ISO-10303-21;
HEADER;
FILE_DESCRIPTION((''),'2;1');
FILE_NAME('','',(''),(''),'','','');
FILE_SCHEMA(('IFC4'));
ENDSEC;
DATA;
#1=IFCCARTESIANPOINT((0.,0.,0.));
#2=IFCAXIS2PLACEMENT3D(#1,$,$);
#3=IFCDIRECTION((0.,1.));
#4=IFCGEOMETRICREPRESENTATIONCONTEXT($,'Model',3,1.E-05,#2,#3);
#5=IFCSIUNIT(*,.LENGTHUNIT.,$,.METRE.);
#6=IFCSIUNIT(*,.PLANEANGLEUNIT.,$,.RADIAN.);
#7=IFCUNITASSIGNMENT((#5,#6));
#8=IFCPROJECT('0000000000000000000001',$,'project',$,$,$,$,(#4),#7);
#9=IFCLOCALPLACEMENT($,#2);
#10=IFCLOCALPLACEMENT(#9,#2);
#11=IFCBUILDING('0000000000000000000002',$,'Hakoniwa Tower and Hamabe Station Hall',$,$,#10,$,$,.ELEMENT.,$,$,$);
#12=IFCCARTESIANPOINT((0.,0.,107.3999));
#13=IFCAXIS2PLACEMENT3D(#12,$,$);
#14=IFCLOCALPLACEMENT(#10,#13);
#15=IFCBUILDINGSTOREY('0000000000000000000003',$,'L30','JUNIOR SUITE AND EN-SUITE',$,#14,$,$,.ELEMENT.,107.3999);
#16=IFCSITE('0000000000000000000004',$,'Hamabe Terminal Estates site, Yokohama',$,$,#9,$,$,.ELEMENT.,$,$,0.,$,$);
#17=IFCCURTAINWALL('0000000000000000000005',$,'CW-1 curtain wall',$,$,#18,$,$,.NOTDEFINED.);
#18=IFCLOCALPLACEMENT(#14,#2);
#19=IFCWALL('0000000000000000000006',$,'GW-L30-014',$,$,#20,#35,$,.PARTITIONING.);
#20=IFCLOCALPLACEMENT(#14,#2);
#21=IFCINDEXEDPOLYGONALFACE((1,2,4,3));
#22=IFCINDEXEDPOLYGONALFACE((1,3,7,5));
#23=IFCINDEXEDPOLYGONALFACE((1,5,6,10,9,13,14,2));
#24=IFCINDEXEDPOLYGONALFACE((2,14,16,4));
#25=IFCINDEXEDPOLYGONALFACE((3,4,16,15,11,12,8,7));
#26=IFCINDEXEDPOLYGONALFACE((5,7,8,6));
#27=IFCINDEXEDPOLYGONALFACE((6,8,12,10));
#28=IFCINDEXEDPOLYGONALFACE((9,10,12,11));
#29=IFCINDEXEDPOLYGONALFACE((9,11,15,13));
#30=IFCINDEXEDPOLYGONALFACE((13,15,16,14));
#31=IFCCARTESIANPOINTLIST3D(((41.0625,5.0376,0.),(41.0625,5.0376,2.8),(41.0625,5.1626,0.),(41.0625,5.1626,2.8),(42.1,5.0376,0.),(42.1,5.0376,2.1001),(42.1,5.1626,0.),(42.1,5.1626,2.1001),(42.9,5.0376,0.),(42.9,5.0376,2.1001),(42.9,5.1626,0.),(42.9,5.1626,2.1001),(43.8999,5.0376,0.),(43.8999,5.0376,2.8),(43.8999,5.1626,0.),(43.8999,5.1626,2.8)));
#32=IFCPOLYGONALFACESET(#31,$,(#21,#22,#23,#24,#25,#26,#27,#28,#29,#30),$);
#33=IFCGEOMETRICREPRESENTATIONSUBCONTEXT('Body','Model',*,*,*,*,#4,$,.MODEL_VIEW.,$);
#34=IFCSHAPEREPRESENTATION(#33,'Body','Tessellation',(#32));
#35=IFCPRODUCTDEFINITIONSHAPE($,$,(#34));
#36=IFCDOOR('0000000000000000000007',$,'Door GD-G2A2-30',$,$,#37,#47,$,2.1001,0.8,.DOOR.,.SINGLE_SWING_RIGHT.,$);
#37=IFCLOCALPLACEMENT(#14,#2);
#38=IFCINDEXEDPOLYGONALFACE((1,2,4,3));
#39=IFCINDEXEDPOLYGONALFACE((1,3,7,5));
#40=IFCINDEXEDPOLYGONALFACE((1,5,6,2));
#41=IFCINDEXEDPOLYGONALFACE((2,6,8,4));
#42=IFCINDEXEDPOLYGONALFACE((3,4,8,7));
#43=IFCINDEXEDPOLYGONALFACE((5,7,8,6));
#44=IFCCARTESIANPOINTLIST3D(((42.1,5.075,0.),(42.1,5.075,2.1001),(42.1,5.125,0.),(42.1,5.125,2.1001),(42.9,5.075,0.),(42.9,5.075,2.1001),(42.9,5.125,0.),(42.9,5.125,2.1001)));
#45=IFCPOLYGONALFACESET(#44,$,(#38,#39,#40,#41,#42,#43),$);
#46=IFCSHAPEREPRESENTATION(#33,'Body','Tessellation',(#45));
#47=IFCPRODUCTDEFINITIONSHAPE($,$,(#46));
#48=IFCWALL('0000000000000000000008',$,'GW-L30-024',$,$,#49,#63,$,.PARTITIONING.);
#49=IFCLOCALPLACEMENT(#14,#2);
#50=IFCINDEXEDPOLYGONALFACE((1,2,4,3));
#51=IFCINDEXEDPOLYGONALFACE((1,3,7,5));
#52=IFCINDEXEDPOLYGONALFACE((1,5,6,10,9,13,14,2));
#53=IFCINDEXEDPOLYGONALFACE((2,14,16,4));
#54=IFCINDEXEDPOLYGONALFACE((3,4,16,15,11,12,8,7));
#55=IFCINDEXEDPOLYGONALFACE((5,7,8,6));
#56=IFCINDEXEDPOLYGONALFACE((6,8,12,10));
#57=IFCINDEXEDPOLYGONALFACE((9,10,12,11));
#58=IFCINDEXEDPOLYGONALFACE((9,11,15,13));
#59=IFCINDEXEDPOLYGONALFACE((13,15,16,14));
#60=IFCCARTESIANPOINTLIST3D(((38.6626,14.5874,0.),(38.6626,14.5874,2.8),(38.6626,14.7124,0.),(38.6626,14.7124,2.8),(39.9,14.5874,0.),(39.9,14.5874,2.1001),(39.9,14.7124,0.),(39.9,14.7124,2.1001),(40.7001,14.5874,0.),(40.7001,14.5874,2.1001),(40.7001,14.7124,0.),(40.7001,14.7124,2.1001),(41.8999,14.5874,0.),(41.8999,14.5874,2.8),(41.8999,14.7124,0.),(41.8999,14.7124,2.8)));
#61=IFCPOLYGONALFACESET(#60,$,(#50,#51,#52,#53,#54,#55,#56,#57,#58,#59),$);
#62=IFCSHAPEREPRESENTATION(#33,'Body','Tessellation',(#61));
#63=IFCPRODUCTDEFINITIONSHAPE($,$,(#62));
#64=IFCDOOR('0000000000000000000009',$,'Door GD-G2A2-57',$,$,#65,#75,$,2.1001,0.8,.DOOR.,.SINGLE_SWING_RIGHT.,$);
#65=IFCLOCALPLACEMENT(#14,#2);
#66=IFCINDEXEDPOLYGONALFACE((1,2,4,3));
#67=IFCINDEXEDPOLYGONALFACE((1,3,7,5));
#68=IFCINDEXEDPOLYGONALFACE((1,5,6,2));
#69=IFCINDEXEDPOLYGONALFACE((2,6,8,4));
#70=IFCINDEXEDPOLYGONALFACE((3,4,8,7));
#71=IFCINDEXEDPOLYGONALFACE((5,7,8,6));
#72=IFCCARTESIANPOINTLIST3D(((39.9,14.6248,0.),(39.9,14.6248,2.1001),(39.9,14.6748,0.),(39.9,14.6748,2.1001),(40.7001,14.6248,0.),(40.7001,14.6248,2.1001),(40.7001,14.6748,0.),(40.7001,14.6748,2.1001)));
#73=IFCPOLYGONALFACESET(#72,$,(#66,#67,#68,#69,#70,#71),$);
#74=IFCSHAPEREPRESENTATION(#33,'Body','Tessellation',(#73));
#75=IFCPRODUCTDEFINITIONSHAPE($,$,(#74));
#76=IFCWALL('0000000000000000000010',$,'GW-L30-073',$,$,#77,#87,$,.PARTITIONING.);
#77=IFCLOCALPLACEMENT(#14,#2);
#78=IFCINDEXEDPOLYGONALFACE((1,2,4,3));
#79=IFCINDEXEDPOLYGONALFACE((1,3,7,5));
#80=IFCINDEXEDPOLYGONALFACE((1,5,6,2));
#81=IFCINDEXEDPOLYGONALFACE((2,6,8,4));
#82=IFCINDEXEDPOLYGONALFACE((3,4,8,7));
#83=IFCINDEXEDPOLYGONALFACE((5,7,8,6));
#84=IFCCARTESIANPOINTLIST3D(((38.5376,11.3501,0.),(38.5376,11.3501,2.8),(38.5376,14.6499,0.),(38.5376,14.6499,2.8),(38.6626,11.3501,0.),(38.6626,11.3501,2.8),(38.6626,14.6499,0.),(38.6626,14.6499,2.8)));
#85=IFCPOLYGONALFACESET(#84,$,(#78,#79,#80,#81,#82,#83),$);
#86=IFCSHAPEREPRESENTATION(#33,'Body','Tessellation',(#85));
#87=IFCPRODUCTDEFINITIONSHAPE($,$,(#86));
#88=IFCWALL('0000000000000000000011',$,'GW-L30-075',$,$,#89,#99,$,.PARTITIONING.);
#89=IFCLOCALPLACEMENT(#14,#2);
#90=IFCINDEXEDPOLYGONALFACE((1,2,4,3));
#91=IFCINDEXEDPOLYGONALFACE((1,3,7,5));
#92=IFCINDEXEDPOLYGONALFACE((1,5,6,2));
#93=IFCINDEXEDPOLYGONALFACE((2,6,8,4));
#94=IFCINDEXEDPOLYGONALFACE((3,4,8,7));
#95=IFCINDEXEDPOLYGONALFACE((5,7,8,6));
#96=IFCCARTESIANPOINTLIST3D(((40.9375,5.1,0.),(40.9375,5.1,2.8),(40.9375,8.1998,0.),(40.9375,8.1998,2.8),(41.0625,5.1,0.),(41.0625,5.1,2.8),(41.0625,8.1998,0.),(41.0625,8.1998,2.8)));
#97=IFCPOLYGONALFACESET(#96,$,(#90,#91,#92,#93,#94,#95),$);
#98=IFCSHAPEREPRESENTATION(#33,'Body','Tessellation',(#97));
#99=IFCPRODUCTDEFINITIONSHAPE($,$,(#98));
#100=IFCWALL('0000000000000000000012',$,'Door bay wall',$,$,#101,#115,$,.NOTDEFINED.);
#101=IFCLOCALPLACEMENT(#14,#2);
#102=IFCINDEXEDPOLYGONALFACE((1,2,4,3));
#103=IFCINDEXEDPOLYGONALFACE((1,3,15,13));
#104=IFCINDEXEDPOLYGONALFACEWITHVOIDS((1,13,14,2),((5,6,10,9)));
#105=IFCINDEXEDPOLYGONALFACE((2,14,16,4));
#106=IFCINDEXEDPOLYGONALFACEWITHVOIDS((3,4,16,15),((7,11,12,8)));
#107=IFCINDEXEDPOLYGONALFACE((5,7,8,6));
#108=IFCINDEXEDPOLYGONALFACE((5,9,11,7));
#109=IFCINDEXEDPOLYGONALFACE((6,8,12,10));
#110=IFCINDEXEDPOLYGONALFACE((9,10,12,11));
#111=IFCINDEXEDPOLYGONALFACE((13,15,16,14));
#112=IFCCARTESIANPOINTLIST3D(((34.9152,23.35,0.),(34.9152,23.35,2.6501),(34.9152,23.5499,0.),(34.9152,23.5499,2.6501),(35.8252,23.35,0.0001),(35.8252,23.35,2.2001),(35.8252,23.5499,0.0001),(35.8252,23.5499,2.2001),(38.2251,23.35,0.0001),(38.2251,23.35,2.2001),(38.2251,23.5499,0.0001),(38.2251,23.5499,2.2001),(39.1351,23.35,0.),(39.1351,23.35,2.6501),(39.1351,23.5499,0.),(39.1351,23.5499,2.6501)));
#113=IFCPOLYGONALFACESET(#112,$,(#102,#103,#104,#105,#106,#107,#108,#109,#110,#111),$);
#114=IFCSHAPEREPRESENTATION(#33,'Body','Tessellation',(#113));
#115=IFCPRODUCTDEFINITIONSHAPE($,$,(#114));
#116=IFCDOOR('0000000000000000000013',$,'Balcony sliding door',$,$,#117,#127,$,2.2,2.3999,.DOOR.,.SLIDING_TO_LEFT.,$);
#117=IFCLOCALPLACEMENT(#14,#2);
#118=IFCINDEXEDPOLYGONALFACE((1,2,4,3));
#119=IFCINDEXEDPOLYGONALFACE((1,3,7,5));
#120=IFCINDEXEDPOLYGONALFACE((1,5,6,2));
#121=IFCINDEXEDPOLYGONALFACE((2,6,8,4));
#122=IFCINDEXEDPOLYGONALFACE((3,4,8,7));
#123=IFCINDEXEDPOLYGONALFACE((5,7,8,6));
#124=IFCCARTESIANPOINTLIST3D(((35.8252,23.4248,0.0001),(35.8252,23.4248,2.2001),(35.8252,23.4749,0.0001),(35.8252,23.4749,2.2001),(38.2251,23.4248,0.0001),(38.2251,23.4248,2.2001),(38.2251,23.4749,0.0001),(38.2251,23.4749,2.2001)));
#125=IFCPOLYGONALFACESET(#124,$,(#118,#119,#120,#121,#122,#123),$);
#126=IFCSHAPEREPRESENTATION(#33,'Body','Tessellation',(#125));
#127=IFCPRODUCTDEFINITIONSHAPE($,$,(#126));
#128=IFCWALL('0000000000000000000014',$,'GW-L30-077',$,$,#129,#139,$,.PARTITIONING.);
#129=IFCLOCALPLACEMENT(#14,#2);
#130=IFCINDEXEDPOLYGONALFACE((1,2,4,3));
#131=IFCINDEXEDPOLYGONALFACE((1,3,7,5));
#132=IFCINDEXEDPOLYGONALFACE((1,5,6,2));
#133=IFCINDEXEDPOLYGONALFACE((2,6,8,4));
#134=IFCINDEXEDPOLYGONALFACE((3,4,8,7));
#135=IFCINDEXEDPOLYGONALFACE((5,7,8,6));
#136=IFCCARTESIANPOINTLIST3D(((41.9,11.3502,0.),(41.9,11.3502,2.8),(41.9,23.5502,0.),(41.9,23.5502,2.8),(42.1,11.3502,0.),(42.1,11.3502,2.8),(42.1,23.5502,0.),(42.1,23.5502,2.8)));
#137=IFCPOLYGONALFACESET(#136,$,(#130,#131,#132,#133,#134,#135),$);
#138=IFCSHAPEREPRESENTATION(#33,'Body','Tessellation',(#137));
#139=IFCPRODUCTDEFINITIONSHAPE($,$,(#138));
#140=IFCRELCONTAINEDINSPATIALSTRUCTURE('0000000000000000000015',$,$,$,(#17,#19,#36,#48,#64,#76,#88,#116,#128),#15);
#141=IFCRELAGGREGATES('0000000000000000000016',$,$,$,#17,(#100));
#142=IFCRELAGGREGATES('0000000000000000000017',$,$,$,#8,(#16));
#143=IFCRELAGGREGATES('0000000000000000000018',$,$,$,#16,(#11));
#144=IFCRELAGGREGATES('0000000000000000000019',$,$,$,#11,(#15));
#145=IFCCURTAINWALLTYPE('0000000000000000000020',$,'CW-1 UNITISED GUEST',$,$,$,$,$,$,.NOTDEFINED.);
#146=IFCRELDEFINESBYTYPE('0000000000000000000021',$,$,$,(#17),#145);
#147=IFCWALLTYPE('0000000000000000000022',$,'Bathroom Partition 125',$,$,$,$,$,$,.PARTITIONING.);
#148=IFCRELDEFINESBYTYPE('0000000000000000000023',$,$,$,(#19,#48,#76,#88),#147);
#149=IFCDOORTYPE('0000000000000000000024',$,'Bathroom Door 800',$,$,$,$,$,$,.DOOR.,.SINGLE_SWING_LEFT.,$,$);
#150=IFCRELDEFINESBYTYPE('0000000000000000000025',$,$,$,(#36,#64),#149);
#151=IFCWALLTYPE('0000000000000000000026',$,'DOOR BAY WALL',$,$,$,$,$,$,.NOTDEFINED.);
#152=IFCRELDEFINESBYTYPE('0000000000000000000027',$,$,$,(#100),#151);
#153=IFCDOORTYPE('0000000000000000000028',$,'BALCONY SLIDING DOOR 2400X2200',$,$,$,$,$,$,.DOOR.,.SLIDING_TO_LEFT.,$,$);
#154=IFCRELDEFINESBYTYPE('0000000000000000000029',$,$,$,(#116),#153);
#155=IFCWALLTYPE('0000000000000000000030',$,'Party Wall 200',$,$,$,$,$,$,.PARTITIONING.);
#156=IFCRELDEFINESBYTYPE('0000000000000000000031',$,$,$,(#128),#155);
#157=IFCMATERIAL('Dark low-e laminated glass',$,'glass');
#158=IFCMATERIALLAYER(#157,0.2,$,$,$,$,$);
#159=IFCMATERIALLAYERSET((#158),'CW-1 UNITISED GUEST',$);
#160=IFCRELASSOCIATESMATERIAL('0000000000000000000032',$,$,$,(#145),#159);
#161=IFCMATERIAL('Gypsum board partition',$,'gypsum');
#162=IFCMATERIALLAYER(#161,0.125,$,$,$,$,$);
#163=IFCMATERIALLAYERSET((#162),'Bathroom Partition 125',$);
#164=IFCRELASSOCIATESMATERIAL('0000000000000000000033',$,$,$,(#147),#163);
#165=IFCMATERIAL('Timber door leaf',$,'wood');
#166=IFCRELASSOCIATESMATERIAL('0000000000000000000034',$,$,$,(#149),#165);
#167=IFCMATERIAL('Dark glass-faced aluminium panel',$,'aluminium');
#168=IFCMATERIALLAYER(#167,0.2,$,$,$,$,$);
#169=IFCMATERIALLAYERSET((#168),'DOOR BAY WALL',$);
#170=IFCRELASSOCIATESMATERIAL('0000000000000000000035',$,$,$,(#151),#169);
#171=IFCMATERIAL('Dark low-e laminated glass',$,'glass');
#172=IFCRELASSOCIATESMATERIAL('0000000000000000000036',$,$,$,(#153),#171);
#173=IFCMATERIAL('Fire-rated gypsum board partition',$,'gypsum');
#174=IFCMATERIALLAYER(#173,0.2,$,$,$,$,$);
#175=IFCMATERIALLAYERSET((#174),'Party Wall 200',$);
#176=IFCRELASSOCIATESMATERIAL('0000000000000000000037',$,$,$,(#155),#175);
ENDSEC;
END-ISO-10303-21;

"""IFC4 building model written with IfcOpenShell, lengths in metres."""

from ifc_helpers import new_model, si_unit, direction, frame, frame_2d, origin, place, context, subcontext, project, spatial, rectangle, extrude, material, layer, layer_set, type_object, element, fill, aggregate, save


model = new_model("IFC4")

# Units and contexts
model_context = context("Model", 3, precision=1e-05, world=origin(), true_north=direction((0.0, 1.0)))
body_context = subcontext(model_context, "Body", "Model", "MODEL_VIEW")
ifc_project = project(units=[si_unit("LENGTHUNIT", "METRE"), si_unit("PLANEANGLEUNIT", "RADIAN")], contexts=[model_context])

# Site, building, storey
site_placement = place(None, origin())
site = spatial("IfcSite", under=ifc_project, at=site_placement, Name="Hamabe Terminal Estates site, Yokohama", CompositionType="ELEMENT", RefElevation=0.0)
building_placement = place(site_placement, origin())
building = spatial("IfcBuilding", under=site, at=building_placement, Name="Hakoniwa Tower and Hamabe Station Hall", CompositionType="ELEMENT")
storey_placement = place(building_placement, frame((0.0, 0.0, 107.3999)))
storey = spatial("IfcBuildingStorey", under=building, at=storey_placement, Name="L30", Description="JUNIOR SUITE AND EN-SUITE", CompositionType="ELEMENT", Elevation=107.3999)

# Curtain wall
ifc_material_1 = material(Name="Dark low-e laminated glass", Category="glass")
ifc_layer_1 = layer(ifc_material_1, 0.2)
ifc_layer_set_1 = layer_set([ifc_layer_1], Name="CW-1 UNITISED GUEST")
curtain_wall_type = type_object("IfcCurtainWallType", Name="CW-1 UNITISED GUEST", PredefinedType="NOTDEFINED", material=ifc_layer_set_1)
curtain_wall_1_placement = place(storey_placement, origin())
curtain_wall_1 = element("IfcCurtainWall", 1, at=curtain_wall_1_placement, inside=storey, type_object=curtain_wall_type, Name="CW-1 curtain wall", PredefinedType="NOTDEFINED")

# Walls, openings, doors
ifc_material_2 = material(Name="Gypsum board partition", Category="gypsum")
ifc_layer_2 = layer(ifc_material_2, 0.125)
ifc_layer_set_2 = layer_set([ifc_layer_2], Name="Bathroom Partition 125")
wall_type_1 = type_object("IfcWallType", Name="Bathroom Partition 125", PredefinedType="PARTITIONING", material=ifc_layer_set_2)
wall_1_placement = place(storey_placement, frame((41.0625, 5.1001, 0.0), z_axis=(0.0, 0.0, 1.0), x_axis=(1.0, 0.0, 0.0)))
wall_1 = element("IfcWall", 2, at=wall_1_placement, inside=storey, type_object=wall_type_1, Name="GW-L30-014", PredefinedType="PARTITIONING", context=body_context, shape_type="SweptSolid", body=[
    extrude(rectangle(XDim=2.8374, YDim=0.125, at=frame_2d((1.4187, 0.0))), origin(), (0.0, 0.0, 1.0), 2.8),
])
opening_1_placement = place(wall_1_placement, frame((1.0376, 0.0, 0.0)))
opening_1 = element("IfcOpeningElement", 3, at=opening_1_placement, cuts=wall_1, PredefinedType="OPENING", context=body_context, shape_type="SweptSolid", body=[
    extrude(rectangle(XDim=0.8, YDim=2.1001, at=frame_2d((0.3999, 1.05))), frame((0.0, 0.0725, 0.0), z_axis=(0.0, -1.0, 0.0), x_axis=(1.0, 0.0, 0.0)), (0.0, 0.0, 1.0), 0.145),
])
ifc_material_3 = material(Name="Timber door leaf", Category="wood")
door_type_1 = type_object("IfcDoorType", Name="Bathroom Door 800", OperationType="SINGLE_SWING_LEFT", PredefinedType="DOOR", material=ifc_material_3)
door_1_placement = place(opening_1_placement, origin())
door_1 = element("IfcDoor", 4, at=door_1_placement, inside=storey, type_object=door_type_1, Name="Door GD-G2A2-30", OperationType="SINGLE_SWING_RIGHT", OverallHeight=2.1001, OverallWidth=0.8, PredefinedType="DOOR", context=body_context, shape_type="SweptSolid", body=[
    extrude(rectangle(XDim=0.8, YDim=2.1001, at=frame_2d((0.3999, 1.05))), frame((0.0, 0.0249, 0.0), z_axis=(0.0, -1.0, 0.0), x_axis=(1.0, 0.0, 0.0)), (0.0, 0.0, 1.0), 0.05),
])
fill(opening_1, door_1)
wall_2_placement = place(storey_placement, frame((38.6626, 14.6499, 0.0), z_axis=(0.0, 0.0, 1.0), x_axis=(1.0, 0.0, 0.0)))
wall_2 = element("IfcWall", 5, at=wall_2_placement, inside=storey, type_object=wall_type_1, Name="GW-L30-024", PredefinedType="PARTITIONING", context=body_context, shape_type="SweptSolid", body=[
    extrude(rectangle(XDim=3.2373, YDim=0.125, at=frame_2d((1.6187, 0.0))), origin(), (0.0, 0.0, 1.0), 2.8),
])
opening_2_placement = place(wall_2_placement, frame((1.2375, 0.0, 0.0)))
opening_2 = element("IfcOpeningElement", 6, at=opening_2_placement, cuts=wall_2, PredefinedType="OPENING", context=body_context, shape_type="SweptSolid", body=[
    extrude(rectangle(XDim=0.8, YDim=2.1001, at=frame_2d((0.3999, 1.05))), frame((0.0, 0.0725, 0.0), z_axis=(0.0, -1.0, 0.0), x_axis=(1.0, 0.0, 0.0)), (0.0, 0.0, 1.0), 0.145),
])
door_2_placement = place(opening_2_placement, origin())
door_2 = element("IfcDoor", 7, at=door_2_placement, inside=storey, type_object=door_type_1, Name="Door GD-G2A2-57", OperationType="SINGLE_SWING_RIGHT", OverallHeight=2.1001, OverallWidth=0.8, PredefinedType="DOOR", context=body_context, shape_type="SweptSolid", body=[
    extrude(rectangle(XDim=0.8, YDim=2.1001, at=frame_2d((0.3999, 1.05))), frame((0.0, 0.0249, 0.0), z_axis=(0.0, -1.0, 0.0), x_axis=(1.0, 0.0, 0.0)), (0.0, 0.0, 1.0), 0.05),
])
fill(opening_2, door_2)

# Walls
wall_3_placement = place(storey_placement, frame((38.6001, 11.3501, 0.0), z_axis=(0.0, 0.0, 1.0), x_axis=(0.0, 1.0, 0.0)))
element("IfcWall", 8, at=wall_3_placement, inside=storey, type_object=wall_type_1, Name="GW-L30-073", PredefinedType="PARTITIONING", context=body_context, shape_type="SweptSolid", body=[
    extrude(rectangle(XDim=3.2998, YDim=0.125, at=frame_2d((1.6499, 0.0))), origin(), (0.0, 0.0, 1.0), 2.8),
])
wall_4_placement = place(storey_placement, frame((41.0, 5.1001, 0.0), z_axis=(0.0, 0.0, 1.0), x_axis=(0.0, 1.0, 0.0)))
element("IfcWall", 9, at=wall_4_placement, inside=storey, type_object=wall_type_1, Name="GW-L30-075", PredefinedType="PARTITIONING", context=body_context, shape_type="SweptSolid", body=[
    extrude(rectangle(XDim=3.0999, YDim=0.125, at=frame_2d((1.5498, 0.0))), origin(), (0.0, 0.0, 1.0), 2.8),
])

# Wall, opening, door
ifc_material_4 = material(Name="Dark glass-faced aluminium panel", Category="aluminium")
ifc_layer_3 = layer(ifc_material_4, 0.2)
ifc_layer_set_3 = layer_set([ifc_layer_3], Name="DOOR BAY WALL")
wall_type_2 = type_object("IfcWallType", Name="DOOR BAY WALL", PredefinedType="NOTDEFINED", material=ifc_layer_set_3)
wall_5_placement = place(storey_placement, frame((39.135, 23.45, 0.0), z_axis=(0.0, 0.0, 1.0), x_axis=(-1.0, 0.0, 0.0)))
wall_5 = element("IfcWall", 10, at=wall_5_placement, type_object=wall_type_2, Name="Door bay wall", PredefinedType="NOTDEFINED", context=body_context, shape_type="SweptSolid", body=[
    extrude(rectangle(XDim=4.22, YDim=0.2, at=frame_2d((2.1099, 0.0))), origin(), (0.0, 0.0, 1.0), 2.6501),
])
opening_3_placement = place(wall_5_placement, frame((0.9099, 0.0, 0.0)))
opening_3 = element("IfcOpeningElement", 11, at=opening_3_placement, cuts=wall_5, PredefinedType="OPENING", context=body_context, shape_type="SweptSolid", body=[
    extrude(rectangle(XDim=2.3999, YDim=2.2, at=frame_2d((1.2, 1.1001))), frame((0.0, 0.1099, 0.0), z_axis=(0.0, -1.0, 0.0), x_axis=(1.0, 0.0, 0.0)), (0.0, 0.0, 1.0), 0.22),
])
ifc_material_5 = material(Name="Dark low-e laminated glass", Category="glass")
door_type_2 = type_object("IfcDoorType", Name="BALCONY SLIDING DOOR 2400X2200", OperationType="SLIDING_TO_LEFT", PredefinedType="DOOR", material=ifc_material_5)
door_3_placement = place(opening_3_placement, frame((2.3999, 0.0, 0.0), z_axis=(0.0, 0.0, 1.0), x_axis=(-1.0, 0.0, 0.0)))
door_3 = element("IfcDoor", 12, at=door_3_placement, inside=storey, type_object=door_type_2, Name="Balcony sliding door", OperationType="SLIDING_TO_LEFT", OverallHeight=2.2, OverallWidth=2.3999, PredefinedType="DOOR", context=body_context, shape_type="SweptSolid", body=[
    extrude(rectangle(XDim=2.3999, YDim=2.2, at=frame_2d((1.2, 1.1001))), frame((0.0, 0.0249, 0.0), z_axis=(0.0, -1.0, 0.0), x_axis=(1.0, 0.0, 0.0)), (0.0, 0.0, 1.0), 0.05),
])
fill(opening_3, door_3)
aggregate(curtain_wall_1, [wall_5])

# Wall
ifc_material_6 = material(Name="Fire-rated gypsum board partition", Category="gypsum")
ifc_layer_4 = layer(ifc_material_6, 0.2)
ifc_layer_set_4 = layer_set([ifc_layer_4], Name="Party Wall 200")
wall_type_3 = type_object("IfcWallType", Name="Party Wall 200", PredefinedType="PARTITIONING", material=ifc_layer_set_4)
wall_6_placement = place(storey_placement, frame((42.0, 11.3501, 0.0), z_axis=(0.0, 0.0, 1.0), x_axis=(0.0, 1.0, 0.0)))
element("IfcWall", 13, at=wall_6_placement, inside=storey, type_object=wall_type_3, Name="GW-L30-077", PredefinedType="PARTITIONING", context=body_context, shape_type="SweptSolid", body=[
    extrude(rectangle(XDim=12.2, YDim=0.2, at=frame_2d((6.1001, 0.0))), origin(), (0.0, 0.0, 1.0), 2.8),
])

save(model, "model.ifc")
